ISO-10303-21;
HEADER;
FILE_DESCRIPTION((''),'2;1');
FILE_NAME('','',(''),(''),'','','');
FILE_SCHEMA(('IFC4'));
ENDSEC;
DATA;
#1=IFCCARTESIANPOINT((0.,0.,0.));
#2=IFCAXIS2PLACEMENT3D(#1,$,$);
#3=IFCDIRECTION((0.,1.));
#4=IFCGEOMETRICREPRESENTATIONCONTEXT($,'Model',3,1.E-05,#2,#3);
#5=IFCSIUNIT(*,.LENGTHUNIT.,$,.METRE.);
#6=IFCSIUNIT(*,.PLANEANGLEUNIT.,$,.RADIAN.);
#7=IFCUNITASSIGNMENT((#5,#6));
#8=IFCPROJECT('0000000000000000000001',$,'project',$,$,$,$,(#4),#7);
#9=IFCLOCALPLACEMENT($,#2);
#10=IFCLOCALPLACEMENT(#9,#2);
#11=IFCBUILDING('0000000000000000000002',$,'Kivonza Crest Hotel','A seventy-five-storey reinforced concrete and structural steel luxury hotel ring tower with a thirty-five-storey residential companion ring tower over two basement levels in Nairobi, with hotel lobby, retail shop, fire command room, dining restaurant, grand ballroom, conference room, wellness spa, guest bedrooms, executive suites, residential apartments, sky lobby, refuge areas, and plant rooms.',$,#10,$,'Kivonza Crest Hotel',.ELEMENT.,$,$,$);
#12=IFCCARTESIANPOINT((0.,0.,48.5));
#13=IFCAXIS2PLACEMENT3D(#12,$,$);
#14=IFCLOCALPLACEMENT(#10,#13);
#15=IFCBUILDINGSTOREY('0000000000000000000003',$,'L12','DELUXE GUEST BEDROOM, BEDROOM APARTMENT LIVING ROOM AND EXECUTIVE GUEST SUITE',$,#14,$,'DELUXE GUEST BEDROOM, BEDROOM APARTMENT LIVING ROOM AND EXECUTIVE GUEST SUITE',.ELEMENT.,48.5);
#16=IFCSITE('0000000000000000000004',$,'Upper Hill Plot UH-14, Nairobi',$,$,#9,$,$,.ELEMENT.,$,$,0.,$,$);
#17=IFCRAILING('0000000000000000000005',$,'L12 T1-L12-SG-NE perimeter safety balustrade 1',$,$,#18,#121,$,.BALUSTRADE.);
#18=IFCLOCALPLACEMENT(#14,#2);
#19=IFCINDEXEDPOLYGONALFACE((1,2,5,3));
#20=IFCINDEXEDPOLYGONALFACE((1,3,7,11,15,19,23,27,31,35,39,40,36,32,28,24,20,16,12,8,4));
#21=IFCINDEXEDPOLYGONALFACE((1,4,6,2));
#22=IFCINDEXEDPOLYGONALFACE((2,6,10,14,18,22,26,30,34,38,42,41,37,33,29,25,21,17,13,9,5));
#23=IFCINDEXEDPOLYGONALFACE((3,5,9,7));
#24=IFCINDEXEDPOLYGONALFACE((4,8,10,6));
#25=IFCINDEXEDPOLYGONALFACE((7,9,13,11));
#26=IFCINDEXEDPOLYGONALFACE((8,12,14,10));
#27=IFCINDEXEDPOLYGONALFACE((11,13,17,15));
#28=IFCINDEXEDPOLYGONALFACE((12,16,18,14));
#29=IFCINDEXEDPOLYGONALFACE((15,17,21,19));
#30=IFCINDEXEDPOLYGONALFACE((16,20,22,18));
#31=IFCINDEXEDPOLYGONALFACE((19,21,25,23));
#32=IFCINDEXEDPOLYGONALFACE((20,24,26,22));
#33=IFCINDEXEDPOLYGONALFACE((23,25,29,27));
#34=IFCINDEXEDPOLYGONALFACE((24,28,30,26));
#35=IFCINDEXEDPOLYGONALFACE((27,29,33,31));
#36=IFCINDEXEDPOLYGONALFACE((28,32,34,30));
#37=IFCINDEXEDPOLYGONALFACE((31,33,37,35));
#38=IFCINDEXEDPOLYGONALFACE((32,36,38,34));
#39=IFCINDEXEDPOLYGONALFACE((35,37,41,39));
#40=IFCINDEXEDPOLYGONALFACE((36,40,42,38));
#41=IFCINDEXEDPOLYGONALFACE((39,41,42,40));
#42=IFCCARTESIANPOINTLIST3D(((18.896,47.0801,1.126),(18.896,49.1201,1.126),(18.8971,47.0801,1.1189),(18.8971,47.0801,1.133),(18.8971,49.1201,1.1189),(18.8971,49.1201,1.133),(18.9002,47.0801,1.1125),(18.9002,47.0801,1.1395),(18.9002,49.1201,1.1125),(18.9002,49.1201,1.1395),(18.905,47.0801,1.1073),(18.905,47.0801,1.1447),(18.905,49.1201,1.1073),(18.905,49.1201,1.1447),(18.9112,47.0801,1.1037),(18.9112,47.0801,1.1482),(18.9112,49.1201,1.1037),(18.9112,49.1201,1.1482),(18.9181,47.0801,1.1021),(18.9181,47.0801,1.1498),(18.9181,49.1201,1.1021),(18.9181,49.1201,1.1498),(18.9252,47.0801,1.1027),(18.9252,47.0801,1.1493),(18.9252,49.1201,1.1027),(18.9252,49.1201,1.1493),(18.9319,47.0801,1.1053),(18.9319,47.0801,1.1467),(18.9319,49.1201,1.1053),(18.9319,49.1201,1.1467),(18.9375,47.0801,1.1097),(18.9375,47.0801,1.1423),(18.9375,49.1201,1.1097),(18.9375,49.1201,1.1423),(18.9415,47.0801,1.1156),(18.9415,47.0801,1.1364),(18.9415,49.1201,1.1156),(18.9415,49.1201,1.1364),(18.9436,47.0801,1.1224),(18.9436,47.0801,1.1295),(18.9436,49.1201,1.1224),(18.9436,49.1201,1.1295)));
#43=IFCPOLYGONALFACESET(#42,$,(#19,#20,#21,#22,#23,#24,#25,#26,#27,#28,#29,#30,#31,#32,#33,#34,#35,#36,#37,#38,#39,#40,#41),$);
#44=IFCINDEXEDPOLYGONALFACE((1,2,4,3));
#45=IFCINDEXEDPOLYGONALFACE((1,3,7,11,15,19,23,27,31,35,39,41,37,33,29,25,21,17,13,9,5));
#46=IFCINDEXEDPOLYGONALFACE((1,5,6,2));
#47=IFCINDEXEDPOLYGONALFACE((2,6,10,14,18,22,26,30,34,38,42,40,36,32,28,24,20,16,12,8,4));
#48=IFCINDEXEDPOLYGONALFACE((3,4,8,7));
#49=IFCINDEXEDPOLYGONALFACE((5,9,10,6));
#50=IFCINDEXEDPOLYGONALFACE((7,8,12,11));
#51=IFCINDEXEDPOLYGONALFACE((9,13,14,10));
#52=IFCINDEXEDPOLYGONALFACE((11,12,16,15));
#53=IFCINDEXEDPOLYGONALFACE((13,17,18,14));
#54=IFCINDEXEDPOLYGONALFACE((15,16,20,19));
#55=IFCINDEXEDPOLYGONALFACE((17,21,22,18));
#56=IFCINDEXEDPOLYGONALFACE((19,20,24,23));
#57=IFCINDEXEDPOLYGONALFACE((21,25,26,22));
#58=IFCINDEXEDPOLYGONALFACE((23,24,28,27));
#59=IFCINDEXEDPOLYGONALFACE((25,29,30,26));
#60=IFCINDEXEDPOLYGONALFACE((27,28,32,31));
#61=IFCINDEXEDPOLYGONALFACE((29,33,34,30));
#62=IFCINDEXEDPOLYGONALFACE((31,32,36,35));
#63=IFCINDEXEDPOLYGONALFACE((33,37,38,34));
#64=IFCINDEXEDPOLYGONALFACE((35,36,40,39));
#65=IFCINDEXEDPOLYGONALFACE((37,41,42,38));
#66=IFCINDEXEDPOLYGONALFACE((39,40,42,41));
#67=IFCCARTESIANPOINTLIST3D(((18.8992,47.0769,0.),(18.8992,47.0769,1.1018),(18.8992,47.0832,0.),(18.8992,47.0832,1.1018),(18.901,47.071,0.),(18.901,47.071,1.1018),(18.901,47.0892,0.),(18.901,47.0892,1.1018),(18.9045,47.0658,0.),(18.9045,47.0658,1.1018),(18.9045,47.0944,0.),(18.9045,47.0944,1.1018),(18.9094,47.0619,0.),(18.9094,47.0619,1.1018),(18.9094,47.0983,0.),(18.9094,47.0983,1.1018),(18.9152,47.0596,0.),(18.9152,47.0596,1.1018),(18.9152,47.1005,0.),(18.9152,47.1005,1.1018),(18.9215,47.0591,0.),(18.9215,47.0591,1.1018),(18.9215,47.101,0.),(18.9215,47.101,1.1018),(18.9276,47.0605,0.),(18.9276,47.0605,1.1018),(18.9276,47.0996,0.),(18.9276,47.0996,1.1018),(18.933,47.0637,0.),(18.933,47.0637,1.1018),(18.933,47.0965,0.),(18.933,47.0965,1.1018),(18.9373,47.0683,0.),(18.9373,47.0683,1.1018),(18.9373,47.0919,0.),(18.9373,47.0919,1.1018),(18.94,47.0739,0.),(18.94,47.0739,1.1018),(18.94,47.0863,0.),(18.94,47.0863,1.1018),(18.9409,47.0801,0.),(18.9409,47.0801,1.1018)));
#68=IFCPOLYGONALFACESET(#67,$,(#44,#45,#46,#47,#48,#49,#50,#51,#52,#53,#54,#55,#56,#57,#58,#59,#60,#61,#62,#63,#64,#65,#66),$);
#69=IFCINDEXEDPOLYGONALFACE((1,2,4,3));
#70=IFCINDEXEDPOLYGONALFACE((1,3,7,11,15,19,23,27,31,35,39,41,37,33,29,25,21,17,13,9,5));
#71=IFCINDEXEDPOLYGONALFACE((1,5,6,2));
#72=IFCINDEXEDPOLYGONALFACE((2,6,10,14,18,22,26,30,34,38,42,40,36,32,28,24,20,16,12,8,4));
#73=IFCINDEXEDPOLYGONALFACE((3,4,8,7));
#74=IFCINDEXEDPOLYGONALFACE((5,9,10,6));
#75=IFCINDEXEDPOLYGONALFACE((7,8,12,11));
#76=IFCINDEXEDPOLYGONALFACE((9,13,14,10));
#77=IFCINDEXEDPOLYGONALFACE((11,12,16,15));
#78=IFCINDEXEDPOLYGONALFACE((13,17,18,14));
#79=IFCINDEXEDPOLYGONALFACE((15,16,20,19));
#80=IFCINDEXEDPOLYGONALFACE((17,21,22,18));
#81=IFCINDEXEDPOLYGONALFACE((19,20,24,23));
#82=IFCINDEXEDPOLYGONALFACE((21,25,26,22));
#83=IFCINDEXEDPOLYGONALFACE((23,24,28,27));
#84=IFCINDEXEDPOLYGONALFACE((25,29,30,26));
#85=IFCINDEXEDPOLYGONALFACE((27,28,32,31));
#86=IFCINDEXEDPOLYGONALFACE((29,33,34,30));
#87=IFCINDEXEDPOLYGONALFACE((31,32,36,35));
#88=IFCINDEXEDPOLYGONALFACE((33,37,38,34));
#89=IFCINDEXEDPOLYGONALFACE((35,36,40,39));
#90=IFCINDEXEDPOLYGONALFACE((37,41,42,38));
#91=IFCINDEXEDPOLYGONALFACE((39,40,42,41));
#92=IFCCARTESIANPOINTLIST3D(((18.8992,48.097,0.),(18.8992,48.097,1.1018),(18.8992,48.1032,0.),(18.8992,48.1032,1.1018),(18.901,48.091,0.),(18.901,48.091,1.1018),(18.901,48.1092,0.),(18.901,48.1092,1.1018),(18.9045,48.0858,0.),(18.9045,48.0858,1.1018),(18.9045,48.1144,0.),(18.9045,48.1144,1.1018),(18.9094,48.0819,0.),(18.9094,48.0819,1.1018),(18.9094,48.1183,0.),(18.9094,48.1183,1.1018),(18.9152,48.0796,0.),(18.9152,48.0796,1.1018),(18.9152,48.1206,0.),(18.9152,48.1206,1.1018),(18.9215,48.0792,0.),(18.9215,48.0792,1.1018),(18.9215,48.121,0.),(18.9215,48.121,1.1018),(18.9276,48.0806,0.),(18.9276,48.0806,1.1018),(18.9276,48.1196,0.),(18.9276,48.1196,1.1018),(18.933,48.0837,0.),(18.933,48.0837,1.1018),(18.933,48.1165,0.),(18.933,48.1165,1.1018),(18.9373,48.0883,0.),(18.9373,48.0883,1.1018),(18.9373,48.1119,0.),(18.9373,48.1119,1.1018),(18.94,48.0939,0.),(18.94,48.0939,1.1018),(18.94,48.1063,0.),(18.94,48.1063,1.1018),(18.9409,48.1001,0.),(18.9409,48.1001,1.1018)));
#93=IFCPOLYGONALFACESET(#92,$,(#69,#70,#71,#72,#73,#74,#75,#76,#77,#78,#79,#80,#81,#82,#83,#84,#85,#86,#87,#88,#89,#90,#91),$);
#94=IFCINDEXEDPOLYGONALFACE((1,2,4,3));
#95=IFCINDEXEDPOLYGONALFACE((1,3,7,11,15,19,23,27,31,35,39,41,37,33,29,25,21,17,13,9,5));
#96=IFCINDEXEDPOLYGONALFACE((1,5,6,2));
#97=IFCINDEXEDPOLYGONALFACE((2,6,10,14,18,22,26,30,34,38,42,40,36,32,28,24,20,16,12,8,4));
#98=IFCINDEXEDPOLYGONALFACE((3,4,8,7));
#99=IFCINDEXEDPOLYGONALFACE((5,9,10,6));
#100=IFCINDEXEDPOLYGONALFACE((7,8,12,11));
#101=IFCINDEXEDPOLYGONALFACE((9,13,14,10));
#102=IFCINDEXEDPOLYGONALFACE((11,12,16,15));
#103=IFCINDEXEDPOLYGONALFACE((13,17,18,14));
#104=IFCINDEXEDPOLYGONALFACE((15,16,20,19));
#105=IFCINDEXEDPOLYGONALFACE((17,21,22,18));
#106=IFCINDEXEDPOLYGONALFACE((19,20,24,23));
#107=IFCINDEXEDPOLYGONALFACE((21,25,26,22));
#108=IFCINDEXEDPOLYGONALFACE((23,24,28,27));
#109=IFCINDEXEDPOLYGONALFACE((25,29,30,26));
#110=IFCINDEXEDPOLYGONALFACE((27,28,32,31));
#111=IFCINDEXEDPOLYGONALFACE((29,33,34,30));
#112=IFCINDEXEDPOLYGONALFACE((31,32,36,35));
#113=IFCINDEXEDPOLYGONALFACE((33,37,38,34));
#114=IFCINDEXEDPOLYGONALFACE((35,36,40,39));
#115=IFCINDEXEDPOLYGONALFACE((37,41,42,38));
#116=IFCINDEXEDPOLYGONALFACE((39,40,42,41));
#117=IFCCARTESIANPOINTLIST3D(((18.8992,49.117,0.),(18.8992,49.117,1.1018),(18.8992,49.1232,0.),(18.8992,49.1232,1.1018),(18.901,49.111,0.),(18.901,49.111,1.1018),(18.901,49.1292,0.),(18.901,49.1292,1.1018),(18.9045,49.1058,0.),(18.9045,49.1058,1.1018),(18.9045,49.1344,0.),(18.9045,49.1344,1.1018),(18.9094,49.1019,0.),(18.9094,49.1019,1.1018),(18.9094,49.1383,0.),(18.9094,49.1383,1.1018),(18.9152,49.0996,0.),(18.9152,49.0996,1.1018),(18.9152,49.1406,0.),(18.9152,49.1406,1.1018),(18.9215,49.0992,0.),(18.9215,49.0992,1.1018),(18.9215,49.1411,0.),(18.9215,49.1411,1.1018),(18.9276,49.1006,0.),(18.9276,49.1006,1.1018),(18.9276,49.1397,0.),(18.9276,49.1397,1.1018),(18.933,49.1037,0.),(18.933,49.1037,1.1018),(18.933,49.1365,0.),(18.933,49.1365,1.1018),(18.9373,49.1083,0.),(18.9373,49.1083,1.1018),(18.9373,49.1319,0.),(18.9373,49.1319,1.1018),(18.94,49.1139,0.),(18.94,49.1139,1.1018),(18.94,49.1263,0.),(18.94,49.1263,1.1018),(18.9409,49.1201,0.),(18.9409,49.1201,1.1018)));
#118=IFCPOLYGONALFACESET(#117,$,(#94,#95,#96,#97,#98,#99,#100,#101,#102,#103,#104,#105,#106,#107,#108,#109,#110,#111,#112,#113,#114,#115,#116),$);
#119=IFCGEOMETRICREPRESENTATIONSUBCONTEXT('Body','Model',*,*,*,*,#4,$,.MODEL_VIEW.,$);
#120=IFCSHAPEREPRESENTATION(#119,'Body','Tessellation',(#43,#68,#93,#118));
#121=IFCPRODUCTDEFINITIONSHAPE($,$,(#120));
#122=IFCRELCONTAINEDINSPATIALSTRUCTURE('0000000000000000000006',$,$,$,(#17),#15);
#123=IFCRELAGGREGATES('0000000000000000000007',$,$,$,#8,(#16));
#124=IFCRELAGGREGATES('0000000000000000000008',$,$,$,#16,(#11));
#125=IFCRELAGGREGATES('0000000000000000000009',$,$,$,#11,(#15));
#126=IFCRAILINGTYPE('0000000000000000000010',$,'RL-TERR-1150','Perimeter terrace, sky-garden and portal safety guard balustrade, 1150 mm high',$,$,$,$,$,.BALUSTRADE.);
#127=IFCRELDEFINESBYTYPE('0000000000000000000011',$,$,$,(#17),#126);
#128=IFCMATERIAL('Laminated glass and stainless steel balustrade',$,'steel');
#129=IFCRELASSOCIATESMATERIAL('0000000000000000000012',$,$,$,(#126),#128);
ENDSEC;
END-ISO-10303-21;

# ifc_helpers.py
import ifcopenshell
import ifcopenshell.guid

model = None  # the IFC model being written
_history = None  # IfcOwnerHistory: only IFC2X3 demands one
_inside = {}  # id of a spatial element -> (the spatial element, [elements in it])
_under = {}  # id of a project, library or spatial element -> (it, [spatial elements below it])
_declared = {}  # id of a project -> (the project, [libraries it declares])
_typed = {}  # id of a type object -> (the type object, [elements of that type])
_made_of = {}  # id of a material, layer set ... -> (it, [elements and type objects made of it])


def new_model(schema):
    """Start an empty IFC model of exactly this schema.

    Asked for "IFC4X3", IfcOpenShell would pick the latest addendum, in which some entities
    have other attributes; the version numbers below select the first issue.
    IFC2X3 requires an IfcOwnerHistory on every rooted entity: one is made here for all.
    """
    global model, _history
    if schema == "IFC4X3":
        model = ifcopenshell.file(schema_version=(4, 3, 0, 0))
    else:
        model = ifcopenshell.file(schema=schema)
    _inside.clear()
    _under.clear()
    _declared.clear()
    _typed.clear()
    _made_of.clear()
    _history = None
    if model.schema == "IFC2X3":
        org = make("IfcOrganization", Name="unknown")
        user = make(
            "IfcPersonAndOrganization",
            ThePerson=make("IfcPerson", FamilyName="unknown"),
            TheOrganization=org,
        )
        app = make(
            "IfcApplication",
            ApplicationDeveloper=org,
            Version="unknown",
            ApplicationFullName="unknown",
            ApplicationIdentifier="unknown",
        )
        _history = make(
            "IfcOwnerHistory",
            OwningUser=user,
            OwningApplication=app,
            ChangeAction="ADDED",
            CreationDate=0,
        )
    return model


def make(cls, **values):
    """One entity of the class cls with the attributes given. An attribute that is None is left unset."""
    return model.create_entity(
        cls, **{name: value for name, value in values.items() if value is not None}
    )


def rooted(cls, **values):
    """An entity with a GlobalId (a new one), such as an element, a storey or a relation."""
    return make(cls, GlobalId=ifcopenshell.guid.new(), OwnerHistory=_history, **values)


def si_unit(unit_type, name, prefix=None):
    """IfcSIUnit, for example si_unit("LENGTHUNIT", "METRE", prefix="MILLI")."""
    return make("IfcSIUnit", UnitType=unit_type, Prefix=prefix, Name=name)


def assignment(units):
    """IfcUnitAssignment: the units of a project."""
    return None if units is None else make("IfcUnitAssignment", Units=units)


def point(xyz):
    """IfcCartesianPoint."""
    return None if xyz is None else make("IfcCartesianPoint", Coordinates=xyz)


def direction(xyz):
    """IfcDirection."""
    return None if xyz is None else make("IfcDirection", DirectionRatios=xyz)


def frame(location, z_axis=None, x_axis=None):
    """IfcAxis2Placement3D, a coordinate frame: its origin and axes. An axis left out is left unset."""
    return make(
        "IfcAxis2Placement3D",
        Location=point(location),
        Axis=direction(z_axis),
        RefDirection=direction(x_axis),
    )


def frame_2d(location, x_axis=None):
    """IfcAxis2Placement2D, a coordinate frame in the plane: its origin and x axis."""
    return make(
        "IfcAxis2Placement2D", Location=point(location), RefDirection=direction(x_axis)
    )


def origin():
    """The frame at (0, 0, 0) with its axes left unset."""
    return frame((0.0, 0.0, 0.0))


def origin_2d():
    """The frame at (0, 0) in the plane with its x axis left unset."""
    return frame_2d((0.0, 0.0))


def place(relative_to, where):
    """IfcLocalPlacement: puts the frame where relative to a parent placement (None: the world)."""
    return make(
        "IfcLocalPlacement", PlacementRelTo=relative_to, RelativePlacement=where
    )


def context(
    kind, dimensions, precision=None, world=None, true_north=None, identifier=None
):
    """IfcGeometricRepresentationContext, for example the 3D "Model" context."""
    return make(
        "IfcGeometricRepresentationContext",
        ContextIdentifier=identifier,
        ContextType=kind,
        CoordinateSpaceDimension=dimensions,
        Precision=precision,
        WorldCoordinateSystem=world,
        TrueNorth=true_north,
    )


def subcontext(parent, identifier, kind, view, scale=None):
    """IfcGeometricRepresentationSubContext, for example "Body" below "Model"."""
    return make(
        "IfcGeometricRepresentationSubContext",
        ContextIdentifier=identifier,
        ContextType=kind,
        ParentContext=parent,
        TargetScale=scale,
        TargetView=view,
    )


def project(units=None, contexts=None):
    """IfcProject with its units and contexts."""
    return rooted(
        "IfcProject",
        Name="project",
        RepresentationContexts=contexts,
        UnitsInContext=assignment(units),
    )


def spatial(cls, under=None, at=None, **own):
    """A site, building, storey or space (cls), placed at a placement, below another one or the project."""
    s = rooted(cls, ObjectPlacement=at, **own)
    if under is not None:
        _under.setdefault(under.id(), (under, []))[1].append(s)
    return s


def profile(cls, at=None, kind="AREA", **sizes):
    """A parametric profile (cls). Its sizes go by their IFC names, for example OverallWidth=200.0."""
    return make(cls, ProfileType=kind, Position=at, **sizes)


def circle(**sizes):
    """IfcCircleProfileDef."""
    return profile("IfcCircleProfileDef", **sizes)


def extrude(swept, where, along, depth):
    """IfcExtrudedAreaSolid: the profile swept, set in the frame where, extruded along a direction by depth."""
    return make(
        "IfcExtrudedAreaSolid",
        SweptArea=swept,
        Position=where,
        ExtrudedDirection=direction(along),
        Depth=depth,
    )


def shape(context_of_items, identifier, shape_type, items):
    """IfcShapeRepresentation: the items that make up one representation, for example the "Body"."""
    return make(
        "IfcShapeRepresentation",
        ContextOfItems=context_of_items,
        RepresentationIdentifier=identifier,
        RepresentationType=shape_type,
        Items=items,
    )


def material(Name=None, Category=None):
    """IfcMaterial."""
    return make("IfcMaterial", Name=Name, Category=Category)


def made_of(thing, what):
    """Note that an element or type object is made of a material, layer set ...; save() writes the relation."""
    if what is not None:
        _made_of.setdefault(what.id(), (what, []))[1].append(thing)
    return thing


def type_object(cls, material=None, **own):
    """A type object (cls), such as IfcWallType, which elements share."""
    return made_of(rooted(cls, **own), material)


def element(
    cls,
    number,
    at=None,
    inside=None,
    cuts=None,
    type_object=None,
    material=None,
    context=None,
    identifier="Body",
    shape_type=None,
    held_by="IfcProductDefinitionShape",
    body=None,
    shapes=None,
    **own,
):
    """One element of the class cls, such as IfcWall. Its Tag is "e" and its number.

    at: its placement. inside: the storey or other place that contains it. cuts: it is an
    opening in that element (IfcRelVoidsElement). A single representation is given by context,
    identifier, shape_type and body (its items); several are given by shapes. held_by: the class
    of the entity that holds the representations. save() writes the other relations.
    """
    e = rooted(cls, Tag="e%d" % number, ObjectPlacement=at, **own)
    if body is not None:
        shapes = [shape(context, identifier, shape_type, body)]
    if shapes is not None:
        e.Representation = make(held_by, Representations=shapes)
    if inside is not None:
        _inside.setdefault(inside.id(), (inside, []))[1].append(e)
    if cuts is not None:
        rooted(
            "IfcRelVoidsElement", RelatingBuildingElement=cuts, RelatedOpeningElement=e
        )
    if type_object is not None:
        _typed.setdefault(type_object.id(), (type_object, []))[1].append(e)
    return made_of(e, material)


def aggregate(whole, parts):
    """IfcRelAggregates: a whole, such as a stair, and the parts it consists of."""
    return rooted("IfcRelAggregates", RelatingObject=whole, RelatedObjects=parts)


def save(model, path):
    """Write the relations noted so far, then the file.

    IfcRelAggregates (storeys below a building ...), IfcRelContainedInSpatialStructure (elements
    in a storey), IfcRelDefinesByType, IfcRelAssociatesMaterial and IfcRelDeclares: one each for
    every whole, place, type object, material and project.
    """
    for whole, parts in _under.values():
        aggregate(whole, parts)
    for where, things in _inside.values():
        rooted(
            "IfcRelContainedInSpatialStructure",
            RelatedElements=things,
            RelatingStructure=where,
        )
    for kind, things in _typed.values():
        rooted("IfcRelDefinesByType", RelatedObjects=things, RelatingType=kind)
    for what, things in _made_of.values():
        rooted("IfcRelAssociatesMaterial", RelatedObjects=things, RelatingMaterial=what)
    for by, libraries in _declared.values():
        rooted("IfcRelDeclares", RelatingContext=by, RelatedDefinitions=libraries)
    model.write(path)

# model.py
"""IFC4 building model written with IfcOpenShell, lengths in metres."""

from ifc_helpers import new_model, si_unit, direction, frame, origin, origin_2d, place, context, subcontext, project, spatial, circle, extrude, material, type_object, element, save


model = new_model("IFC4")

# Units and contexts
model_context = context("Model", 3, precision=1e-05, world=origin(), true_north=direction((0.0, 1.0)))
body_context = subcontext(model_context, "Body", "Model", "MODEL_VIEW")
ifc_project = project(units=[si_unit("LENGTHUNIT", "METRE"), si_unit("PLANEANGLEUNIT", "RADIAN")], contexts=[model_context])

# Site, building, storey
site_placement = place(None, origin())
site = spatial("IfcSite", under=ifc_project, at=site_placement, Name="Upper Hill Plot UH-14, Nairobi", CompositionType="ELEMENT", RefElevation=0.0)
building_placement = place(site_placement, origin())
building = spatial("IfcBuilding", under=site, at=building_placement, Name="Kivonza Crest Hotel", Description="A seventy-five-storey reinforced concrete and structural steel luxury hotel ring tower with a thirty-five-storey residential companion ring tower over two basement levels in Nairobi, with hotel lobby, retail shop, fire command room, dining restaurant, grand ballroom, conference room, wellness spa, guest bedrooms, executive suites, residential apartments, sky lobby, refuge areas, and plant rooms.", LongName="Kivonza Crest Hotel", CompositionType="ELEMENT")
storey_placement = place(building_placement, frame((0.0, 0.0, 48.5)))
storey = spatial("IfcBuildingStorey", under=building, at=storey_placement, Name="L12", Description="DELUXE GUEST BEDROOM, BEDROOM APARTMENT LIVING ROOM AND EXECUTIVE GUEST SUITE", LongName="DELUXE GUEST BEDROOM, BEDROOM APARTMENT LIVING ROOM AND EXECUTIVE GUEST SUITE", CompositionType="ELEMENT", Elevation=48.5)

# Railing
ifc_material_1 = material(Name="Laminated glass and stainless steel balustrade", Category="steel")
railing_type = type_object("IfcRailingType", Name="RL-TERR-1150", Description="Perimeter terrace, sky-garden and portal safety guard balustrade, 1150 mm high", PredefinedType="BALUSTRADE", material=ifc_material_1)
railing_1_placement = place(storey_placement, frame((18.9199, 47.0801, 0.0)))
element("IfcRailing", 1, at=railing_1_placement, inside=storey, type_object=railing_type, Name="L12 T1-L12-SG-NE perimeter safety balustrade 1", PredefinedType="BALUSTRADE", context=body_context, shape_type="SweptSolid", body=[
    extrude(circle(Radius=0.0239, at=origin_2d()), frame((0.0, 0.0, 1.126), z_axis=(0.0, 1.0, 0.0), x_axis=(-1.0, 0.0, 0.0)), (0.0, 0.0, 1.0), 2.04),
    extrude(circle(Radius=0.021, at=origin_2d()), origin(), (0.0, 0.0, 1.0), 1.1018),
    extrude(circle(Radius=0.021, at=origin_2d()), frame((0.0, 1.02, 0.0)), (0.0, 0.0, 1.0), 1.1018),
    extrude(circle(Radius=0.021, at=origin_2d()), frame((0.0, 2.04, 0.0)), (0.0, 0.0, 1.0), 1.1018),
])

save(model, "model.ifc")
